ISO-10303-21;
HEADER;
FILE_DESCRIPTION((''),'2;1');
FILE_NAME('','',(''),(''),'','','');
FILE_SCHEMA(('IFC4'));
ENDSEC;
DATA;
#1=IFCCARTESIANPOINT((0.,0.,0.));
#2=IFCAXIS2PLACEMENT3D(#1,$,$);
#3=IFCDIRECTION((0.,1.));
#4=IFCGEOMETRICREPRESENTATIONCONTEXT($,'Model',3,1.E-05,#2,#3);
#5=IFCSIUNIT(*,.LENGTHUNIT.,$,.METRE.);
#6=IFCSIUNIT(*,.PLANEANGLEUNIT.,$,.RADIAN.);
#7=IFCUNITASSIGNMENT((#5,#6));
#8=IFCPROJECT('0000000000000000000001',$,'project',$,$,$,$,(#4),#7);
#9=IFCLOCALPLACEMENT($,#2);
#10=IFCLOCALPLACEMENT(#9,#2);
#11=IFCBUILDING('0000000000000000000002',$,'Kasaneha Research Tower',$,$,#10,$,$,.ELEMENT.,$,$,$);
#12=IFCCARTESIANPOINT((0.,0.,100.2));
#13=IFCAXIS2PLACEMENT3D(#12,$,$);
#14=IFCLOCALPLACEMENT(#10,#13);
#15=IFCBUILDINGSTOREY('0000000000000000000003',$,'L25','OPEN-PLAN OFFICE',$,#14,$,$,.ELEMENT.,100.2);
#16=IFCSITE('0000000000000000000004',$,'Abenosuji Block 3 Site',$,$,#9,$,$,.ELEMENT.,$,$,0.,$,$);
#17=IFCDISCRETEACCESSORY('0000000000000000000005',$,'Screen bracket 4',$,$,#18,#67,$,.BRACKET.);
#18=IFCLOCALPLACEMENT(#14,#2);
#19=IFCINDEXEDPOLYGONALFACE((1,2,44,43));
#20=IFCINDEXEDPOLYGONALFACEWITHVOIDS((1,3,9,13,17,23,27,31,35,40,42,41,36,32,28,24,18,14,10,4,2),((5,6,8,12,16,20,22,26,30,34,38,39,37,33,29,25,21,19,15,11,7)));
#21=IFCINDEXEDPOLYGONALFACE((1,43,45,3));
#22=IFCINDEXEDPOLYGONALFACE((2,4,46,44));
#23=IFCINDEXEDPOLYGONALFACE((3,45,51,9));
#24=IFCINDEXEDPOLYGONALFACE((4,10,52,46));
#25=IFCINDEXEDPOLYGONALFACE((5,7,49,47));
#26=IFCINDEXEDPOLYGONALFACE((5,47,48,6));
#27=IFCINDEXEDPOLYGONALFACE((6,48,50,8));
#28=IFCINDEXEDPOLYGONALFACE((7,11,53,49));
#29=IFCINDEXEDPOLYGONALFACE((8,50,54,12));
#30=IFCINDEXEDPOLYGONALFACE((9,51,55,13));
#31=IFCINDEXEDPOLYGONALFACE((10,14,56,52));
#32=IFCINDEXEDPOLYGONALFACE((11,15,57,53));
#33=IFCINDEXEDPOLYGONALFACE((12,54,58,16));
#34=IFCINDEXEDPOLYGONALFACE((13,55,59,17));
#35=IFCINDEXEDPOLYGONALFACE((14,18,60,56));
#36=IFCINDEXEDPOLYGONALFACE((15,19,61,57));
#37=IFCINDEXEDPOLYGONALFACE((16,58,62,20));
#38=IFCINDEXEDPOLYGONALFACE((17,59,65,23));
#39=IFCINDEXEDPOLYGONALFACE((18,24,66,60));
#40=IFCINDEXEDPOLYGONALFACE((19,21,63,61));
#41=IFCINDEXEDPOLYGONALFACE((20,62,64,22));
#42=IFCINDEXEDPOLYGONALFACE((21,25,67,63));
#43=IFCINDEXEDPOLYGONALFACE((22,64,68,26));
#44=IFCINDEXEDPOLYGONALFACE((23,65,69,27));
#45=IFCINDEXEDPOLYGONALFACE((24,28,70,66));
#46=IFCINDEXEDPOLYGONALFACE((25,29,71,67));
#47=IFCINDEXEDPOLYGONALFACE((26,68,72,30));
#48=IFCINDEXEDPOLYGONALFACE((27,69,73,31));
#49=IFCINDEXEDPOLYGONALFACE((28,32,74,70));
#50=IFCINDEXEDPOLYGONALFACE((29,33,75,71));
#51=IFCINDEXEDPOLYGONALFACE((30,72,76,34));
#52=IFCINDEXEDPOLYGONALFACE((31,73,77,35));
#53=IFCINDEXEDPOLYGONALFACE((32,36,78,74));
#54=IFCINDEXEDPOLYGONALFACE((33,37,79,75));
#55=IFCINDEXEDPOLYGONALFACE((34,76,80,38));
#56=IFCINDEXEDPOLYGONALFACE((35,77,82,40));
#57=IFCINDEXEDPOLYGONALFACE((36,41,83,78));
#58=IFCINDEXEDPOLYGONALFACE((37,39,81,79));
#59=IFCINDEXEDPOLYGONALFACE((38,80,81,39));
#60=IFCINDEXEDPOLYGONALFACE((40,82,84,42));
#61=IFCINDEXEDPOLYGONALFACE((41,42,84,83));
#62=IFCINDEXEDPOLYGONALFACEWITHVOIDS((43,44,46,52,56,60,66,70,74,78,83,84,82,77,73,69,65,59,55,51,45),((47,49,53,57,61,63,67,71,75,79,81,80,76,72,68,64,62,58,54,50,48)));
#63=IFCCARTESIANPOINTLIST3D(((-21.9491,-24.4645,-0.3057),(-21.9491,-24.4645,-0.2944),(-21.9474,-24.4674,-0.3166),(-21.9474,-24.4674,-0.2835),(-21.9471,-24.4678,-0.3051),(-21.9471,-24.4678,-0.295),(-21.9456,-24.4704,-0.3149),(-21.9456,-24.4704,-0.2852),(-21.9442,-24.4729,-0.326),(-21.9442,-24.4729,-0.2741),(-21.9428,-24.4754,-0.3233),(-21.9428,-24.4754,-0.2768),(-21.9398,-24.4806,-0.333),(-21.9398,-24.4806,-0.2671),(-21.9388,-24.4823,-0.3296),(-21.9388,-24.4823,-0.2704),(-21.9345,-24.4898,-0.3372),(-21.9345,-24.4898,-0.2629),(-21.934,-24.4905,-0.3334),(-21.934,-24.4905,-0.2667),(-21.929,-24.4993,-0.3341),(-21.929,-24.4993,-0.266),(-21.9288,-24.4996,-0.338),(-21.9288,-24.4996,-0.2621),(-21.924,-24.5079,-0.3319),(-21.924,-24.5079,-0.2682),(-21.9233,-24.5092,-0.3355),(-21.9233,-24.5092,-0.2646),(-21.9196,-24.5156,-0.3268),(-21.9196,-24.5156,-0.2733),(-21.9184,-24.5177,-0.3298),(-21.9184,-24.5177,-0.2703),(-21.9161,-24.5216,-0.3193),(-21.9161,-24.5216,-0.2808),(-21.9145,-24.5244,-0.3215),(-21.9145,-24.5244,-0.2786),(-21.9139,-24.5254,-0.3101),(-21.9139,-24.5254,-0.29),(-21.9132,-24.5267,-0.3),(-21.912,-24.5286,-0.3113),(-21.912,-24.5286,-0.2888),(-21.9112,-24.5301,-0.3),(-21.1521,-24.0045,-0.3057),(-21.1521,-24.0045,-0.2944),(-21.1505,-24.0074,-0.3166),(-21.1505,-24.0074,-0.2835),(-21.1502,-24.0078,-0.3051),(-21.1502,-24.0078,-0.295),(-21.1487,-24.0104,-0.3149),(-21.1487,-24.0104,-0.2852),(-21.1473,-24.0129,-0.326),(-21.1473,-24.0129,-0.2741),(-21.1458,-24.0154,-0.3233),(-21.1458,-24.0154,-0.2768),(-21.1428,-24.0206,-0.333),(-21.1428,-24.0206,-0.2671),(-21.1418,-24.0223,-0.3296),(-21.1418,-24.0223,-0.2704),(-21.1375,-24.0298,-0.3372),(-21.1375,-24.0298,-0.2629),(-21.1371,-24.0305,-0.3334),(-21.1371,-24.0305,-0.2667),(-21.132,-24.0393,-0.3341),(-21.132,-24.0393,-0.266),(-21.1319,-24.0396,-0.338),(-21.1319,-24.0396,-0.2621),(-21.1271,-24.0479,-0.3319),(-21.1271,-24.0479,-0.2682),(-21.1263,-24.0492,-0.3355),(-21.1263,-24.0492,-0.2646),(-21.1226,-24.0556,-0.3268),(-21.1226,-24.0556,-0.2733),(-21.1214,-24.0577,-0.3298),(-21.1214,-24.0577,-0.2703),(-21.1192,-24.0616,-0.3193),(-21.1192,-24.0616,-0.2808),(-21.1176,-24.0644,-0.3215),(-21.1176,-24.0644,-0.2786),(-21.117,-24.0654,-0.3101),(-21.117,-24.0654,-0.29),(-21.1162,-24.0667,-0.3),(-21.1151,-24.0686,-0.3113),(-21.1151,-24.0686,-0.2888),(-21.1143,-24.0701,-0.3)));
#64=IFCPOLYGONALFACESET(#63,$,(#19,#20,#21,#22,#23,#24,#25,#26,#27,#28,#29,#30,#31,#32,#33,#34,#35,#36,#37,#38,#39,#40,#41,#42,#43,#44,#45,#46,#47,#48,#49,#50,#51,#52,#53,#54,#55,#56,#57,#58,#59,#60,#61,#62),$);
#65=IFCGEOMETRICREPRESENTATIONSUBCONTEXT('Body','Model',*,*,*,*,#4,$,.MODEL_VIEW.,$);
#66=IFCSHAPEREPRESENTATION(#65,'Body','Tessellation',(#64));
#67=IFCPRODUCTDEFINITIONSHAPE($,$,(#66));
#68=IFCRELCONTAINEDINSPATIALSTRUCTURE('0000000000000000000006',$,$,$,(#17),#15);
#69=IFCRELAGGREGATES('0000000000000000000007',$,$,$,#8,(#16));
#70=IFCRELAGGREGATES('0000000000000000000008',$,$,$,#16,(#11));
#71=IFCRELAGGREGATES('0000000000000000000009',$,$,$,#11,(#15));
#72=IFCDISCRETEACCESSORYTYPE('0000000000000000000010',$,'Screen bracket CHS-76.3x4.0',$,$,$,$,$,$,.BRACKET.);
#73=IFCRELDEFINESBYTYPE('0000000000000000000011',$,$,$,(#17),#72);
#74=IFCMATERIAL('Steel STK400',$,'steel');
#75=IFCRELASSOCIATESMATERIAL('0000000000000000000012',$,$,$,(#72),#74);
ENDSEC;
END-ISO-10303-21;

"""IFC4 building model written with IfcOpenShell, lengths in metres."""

from ifc_helpers import new_model, si_unit, direction, frame, origin, origin_2d, place, context, subcontext, project, spatial, hollow_circle, extrude, material, material_profile, profile_set, type_object, element, save


model = new_model("IFC4")

# Units and contexts
model_context = context("Model", 3, precision=1e-05, world=origin(), true_north=direction((0.0, 1.0)))
body_context = subcontext(model_context, "Body", "Model", "MODEL_VIEW")
ifc_project = project(units=[si_unit("LENGTHUNIT", "METRE"), si_unit("PLANEANGLEUNIT", "RADIAN")], contexts=[model_context])

# Site, building, storey
site_placement = place(None, origin())
site = spatial("IfcSite", under=ifc_project, at=site_placement, Name="Abenosuji Block 3 Site", CompositionType="ELEMENT", RefElevation=0.0)
building_placement = place(site_placement, origin())
building = spatial("IfcBuilding", under=site, at=building_placement, Name="Kasaneha Research Tower", CompositionType="ELEMENT")
storey_placement = place(building_placement, frame((0.0, 0.0, 100.2)))
storey = spatial("IfcBuildingStorey", under=building, at=storey_placement, Name="L25", Description="OPEN-PLAN OFFICE", CompositionType="ELEMENT", Elevation=100.2)

# Discrete accessory
ifc_material_1 = material(Name="Steel STK400", Category="steel")
ifc_material_profile_1 = material_profile(ifc_material_1, hollow_circle(Radius=0.0381, WallThickness=0.0039, at=origin_2d()), Name="CHS-76.3x4.0")
ifc_profile_set_1 = profile_set([ifc_material_profile_1], Name="Steel STK400")
discrete_accessory_type = type_object("IfcDiscreteAccessoryType", Name="Screen bracket CHS-76.3x4.0", PredefinedType="BRACKET", material=ifc_profile_set_1)
for number, where, z_axis, x_axis, name in (
    (1, (-21.1333, -24.0371, -0.3), (-0.86608, -0.499906, 0.0), (0.499906, -0.86608, 0.0), "Screen bracket 4"),
):
    element("IfcDiscreteAccessory", number, at=place(storey_placement, frame(where, z_axis=z_axis, x_axis=x_axis)), inside=storey, type_object=discrete_accessory_type, Name=name, PredefinedType="BRACKET", context=body_context, shape_type="SweptSolid", body=[
        extrude(hollow_circle(Radius=0.0381, WallThickness=0.0039, at=origin_2d()), origin(), (0.0, 0.0, 1.0), 0.9202),
    ])

save(model, "model.ifc")
